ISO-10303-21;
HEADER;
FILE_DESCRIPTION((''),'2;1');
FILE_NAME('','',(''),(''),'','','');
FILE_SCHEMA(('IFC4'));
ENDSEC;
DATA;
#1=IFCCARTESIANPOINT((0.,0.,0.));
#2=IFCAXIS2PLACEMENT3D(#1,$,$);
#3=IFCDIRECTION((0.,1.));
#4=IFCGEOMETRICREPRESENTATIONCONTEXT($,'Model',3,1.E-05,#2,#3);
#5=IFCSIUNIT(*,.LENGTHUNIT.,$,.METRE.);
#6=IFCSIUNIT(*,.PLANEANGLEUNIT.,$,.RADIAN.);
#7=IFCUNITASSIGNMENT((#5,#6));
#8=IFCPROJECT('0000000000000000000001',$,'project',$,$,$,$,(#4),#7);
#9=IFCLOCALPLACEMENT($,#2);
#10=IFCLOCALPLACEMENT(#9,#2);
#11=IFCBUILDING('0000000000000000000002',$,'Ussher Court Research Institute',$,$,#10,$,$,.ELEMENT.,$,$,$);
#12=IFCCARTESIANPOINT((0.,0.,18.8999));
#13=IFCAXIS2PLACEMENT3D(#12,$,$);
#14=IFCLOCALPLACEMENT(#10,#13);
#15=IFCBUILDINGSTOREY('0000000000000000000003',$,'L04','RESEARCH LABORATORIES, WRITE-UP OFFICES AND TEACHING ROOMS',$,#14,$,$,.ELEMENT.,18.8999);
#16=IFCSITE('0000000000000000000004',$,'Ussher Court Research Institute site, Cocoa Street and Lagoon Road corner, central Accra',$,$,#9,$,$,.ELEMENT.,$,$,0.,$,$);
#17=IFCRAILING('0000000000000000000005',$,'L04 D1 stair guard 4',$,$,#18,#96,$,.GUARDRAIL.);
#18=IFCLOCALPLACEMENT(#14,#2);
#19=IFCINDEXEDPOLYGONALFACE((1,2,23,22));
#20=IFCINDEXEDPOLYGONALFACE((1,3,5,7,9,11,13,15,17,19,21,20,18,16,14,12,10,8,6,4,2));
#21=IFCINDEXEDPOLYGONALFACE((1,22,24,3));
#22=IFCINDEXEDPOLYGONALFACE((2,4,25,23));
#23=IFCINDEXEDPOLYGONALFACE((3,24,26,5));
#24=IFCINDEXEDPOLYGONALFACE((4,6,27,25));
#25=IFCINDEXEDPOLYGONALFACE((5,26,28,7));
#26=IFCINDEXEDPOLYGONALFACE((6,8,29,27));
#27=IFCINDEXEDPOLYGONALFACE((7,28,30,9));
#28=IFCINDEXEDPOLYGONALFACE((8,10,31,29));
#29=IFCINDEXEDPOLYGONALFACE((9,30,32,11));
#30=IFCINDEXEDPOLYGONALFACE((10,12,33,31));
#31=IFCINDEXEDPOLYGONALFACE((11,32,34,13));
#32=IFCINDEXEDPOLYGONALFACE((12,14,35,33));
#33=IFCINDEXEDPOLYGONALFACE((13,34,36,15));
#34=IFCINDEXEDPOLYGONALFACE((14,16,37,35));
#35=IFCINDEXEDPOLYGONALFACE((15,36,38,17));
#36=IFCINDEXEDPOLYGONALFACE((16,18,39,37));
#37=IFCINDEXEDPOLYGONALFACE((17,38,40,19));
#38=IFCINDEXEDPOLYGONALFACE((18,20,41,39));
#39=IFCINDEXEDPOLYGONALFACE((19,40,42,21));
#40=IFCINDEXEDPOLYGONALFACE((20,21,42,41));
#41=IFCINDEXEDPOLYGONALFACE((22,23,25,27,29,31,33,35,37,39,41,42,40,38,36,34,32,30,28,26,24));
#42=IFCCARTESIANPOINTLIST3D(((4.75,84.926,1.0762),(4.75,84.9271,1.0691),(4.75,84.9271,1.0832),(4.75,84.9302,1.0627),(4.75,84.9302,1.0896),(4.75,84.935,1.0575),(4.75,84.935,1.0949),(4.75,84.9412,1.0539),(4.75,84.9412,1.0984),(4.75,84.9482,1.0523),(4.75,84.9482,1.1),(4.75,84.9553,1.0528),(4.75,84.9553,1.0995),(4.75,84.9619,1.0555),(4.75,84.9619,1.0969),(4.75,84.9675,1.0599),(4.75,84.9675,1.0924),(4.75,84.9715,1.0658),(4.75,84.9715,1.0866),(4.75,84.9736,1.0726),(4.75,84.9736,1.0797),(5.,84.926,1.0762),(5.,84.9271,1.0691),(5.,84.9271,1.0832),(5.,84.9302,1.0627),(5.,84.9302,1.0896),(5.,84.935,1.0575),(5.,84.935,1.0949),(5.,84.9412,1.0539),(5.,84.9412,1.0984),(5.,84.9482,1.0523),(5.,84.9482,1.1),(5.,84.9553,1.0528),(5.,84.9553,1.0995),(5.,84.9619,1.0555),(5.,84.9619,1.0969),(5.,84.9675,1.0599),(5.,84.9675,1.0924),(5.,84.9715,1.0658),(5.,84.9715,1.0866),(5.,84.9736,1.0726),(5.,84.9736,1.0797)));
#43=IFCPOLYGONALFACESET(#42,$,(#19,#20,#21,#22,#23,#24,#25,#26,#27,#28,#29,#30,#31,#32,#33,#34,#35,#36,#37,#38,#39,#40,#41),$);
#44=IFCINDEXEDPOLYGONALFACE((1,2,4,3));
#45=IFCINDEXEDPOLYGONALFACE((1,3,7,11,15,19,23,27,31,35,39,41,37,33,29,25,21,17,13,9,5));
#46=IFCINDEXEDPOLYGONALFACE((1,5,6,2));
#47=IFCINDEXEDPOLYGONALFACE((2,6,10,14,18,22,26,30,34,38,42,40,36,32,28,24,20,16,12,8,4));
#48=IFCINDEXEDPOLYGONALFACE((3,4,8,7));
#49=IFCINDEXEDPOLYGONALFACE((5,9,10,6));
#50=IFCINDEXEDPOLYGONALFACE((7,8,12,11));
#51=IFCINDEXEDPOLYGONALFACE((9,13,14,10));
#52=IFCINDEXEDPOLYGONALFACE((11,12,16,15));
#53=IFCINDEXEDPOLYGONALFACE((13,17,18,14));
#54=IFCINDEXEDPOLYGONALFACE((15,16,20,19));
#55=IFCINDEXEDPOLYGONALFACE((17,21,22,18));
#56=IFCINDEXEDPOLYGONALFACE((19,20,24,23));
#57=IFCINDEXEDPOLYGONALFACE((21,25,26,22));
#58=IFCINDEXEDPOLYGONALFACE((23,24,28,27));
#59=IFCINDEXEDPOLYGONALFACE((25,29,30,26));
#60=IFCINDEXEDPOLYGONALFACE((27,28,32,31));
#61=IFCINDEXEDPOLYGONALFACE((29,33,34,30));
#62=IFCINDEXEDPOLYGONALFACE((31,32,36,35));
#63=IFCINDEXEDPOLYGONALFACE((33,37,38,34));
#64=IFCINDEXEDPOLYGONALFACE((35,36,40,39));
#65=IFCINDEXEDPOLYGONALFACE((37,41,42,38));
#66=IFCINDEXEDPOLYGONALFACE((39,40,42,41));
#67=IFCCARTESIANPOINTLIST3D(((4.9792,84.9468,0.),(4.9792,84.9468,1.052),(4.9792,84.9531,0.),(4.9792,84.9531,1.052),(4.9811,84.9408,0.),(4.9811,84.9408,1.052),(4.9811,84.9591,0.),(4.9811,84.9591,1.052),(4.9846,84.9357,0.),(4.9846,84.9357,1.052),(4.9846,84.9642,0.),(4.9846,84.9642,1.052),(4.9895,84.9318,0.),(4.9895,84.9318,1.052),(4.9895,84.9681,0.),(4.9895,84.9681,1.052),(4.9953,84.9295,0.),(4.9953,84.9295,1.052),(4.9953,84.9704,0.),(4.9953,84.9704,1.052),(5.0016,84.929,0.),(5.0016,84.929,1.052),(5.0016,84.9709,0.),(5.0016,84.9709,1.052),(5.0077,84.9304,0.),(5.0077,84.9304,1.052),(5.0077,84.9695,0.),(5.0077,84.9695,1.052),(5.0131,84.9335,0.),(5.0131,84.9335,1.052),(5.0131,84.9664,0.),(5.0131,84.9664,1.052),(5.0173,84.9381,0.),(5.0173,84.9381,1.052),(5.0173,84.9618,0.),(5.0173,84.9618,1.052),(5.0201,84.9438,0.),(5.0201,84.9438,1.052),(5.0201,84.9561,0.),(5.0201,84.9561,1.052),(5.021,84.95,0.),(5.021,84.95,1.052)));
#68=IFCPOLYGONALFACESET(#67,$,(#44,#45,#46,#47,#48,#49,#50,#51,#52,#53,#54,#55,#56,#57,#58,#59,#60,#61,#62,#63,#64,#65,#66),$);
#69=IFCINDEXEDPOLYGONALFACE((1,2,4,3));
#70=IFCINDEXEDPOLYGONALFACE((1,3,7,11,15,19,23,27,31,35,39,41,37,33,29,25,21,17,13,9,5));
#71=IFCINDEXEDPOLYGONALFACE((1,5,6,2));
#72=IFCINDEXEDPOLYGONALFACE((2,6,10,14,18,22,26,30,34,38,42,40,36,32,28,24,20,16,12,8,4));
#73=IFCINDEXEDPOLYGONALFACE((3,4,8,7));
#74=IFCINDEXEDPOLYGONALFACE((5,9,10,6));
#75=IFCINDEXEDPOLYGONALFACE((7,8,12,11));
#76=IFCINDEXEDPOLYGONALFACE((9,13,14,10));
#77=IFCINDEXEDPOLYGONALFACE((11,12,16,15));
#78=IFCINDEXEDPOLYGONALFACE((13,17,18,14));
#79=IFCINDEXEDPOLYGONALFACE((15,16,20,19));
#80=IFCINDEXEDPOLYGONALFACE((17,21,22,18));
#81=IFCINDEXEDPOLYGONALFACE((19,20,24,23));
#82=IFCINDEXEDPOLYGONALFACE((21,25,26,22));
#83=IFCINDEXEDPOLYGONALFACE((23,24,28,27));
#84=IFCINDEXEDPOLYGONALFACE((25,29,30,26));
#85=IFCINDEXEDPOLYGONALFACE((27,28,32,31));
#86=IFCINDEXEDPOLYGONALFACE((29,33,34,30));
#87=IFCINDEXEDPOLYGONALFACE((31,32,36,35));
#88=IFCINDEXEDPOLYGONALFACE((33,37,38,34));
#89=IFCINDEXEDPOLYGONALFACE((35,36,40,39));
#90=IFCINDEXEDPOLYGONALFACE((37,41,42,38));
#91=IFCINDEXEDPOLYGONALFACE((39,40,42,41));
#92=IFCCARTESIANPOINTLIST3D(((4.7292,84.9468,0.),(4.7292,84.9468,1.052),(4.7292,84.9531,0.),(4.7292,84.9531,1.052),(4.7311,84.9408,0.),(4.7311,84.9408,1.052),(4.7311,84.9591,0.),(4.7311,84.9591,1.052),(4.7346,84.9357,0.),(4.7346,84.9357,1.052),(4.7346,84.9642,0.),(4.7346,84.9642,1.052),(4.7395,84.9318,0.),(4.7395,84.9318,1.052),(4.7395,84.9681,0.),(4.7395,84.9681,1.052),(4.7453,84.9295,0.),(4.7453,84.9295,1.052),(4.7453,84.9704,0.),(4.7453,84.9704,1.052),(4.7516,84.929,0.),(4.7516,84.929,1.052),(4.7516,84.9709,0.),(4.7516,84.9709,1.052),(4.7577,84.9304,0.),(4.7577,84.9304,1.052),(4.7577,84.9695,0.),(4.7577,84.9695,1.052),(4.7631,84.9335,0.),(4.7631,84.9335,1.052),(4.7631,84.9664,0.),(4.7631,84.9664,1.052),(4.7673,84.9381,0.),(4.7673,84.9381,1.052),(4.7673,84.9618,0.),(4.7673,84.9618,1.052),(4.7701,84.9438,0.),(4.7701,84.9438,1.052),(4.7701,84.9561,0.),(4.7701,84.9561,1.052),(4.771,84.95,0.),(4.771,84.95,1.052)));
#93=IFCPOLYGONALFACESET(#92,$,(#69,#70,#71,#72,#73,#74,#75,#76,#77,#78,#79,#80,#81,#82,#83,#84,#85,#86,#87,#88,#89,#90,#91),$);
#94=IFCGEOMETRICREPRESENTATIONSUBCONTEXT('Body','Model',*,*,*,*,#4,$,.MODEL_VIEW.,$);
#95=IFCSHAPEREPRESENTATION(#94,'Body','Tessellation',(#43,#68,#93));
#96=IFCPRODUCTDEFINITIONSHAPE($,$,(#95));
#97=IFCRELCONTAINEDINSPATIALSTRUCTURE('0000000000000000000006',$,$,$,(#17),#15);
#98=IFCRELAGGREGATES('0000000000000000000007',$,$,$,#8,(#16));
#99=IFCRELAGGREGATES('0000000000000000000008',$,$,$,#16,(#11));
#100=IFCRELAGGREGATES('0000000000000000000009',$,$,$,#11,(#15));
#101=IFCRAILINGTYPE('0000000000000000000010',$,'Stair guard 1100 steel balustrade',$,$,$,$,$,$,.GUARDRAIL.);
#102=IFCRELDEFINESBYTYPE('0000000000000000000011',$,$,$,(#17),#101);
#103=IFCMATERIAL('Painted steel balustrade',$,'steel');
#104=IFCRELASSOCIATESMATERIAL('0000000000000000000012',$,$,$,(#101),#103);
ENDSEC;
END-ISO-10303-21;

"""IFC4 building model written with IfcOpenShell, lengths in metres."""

from ifc_helpers import new_model, si_unit, direction, frame, origin, origin_2d, place, context, subcontext, project, spatial, circle, extrude, material, type_object, element, save


model = new_model("IFC4")

# Units and contexts
model_context = context("Model", 3, precision=1e-05, world=origin(), true_north=direction((0.0, 1.0)))
body_context = subcontext(model_context, "Body", "Model", "MODEL_VIEW")
ifc_project = project(units=[si_unit("LENGTHUNIT", "METRE"), si_unit("PLANEANGLEUNIT", "RADIAN")], contexts=[model_context])

# Site, building, storey
site_placement = place(None, origin())
site = spatial("IfcSite", under=ifc_project, at=site_placement, Name="Ussher Court Research Institute site, Cocoa Street and Lagoon Road corner, central Accra", CompositionType="ELEMENT", RefElevation=0.0)
building_placement = place(site_placement, origin())
building = spatial("IfcBuilding", under=site, at=building_placement, Name="Ussher Court Research Institute", CompositionType="ELEMENT")
storey_placement = place(building_placement, frame((0.0, 0.0, 18.8999)))
storey = spatial("IfcBuildingStorey", under=building, at=storey_placement, Name="L04", Description="RESEARCH LABORATORIES, WRITE-UP OFFICES AND TEACHING ROOMS", CompositionType="ELEMENT", Elevation=18.8999)

# Railing
ifc_material_1 = material(Name="Painted steel balustrade", Category="steel")
railing_type_1 = type_object("IfcRailingType", Name="Stair guard 1100 steel balustrade", PredefinedType="GUARDRAIL", material=ifc_material_1)
railing_1_placement = place(storey_placement, frame((5.0, 84.95, 0.0)))
element("IfcRailing", 1, at=railing_1_placement, inside=storey, type_object=railing_type_1, Name="L04 D1 stair guard 4", PredefinedType="GUARDRAIL", context=body_context, shape_type="SweptSolid", body=[
    extrude(circle(Radius=0.0239, at=origin_2d()), frame((0.0, 0.0, 1.0762), z_axis=(-1.0, 0.0, 0.0), x_axis=(0.0, -1.0, 0.0)), (0.0, 0.0, 1.0), 0.25),
    extrude(circle(Radius=0.021, at=origin_2d()), origin(), (0.0, 0.0, 1.0), 1.052),
    extrude(circle(Radius=0.021, at=origin_2d()), frame((-0.25, 0.0, 0.0)), (0.0, 0.0, 1.0), 1.052),
])

save(model, "model.ifc")
